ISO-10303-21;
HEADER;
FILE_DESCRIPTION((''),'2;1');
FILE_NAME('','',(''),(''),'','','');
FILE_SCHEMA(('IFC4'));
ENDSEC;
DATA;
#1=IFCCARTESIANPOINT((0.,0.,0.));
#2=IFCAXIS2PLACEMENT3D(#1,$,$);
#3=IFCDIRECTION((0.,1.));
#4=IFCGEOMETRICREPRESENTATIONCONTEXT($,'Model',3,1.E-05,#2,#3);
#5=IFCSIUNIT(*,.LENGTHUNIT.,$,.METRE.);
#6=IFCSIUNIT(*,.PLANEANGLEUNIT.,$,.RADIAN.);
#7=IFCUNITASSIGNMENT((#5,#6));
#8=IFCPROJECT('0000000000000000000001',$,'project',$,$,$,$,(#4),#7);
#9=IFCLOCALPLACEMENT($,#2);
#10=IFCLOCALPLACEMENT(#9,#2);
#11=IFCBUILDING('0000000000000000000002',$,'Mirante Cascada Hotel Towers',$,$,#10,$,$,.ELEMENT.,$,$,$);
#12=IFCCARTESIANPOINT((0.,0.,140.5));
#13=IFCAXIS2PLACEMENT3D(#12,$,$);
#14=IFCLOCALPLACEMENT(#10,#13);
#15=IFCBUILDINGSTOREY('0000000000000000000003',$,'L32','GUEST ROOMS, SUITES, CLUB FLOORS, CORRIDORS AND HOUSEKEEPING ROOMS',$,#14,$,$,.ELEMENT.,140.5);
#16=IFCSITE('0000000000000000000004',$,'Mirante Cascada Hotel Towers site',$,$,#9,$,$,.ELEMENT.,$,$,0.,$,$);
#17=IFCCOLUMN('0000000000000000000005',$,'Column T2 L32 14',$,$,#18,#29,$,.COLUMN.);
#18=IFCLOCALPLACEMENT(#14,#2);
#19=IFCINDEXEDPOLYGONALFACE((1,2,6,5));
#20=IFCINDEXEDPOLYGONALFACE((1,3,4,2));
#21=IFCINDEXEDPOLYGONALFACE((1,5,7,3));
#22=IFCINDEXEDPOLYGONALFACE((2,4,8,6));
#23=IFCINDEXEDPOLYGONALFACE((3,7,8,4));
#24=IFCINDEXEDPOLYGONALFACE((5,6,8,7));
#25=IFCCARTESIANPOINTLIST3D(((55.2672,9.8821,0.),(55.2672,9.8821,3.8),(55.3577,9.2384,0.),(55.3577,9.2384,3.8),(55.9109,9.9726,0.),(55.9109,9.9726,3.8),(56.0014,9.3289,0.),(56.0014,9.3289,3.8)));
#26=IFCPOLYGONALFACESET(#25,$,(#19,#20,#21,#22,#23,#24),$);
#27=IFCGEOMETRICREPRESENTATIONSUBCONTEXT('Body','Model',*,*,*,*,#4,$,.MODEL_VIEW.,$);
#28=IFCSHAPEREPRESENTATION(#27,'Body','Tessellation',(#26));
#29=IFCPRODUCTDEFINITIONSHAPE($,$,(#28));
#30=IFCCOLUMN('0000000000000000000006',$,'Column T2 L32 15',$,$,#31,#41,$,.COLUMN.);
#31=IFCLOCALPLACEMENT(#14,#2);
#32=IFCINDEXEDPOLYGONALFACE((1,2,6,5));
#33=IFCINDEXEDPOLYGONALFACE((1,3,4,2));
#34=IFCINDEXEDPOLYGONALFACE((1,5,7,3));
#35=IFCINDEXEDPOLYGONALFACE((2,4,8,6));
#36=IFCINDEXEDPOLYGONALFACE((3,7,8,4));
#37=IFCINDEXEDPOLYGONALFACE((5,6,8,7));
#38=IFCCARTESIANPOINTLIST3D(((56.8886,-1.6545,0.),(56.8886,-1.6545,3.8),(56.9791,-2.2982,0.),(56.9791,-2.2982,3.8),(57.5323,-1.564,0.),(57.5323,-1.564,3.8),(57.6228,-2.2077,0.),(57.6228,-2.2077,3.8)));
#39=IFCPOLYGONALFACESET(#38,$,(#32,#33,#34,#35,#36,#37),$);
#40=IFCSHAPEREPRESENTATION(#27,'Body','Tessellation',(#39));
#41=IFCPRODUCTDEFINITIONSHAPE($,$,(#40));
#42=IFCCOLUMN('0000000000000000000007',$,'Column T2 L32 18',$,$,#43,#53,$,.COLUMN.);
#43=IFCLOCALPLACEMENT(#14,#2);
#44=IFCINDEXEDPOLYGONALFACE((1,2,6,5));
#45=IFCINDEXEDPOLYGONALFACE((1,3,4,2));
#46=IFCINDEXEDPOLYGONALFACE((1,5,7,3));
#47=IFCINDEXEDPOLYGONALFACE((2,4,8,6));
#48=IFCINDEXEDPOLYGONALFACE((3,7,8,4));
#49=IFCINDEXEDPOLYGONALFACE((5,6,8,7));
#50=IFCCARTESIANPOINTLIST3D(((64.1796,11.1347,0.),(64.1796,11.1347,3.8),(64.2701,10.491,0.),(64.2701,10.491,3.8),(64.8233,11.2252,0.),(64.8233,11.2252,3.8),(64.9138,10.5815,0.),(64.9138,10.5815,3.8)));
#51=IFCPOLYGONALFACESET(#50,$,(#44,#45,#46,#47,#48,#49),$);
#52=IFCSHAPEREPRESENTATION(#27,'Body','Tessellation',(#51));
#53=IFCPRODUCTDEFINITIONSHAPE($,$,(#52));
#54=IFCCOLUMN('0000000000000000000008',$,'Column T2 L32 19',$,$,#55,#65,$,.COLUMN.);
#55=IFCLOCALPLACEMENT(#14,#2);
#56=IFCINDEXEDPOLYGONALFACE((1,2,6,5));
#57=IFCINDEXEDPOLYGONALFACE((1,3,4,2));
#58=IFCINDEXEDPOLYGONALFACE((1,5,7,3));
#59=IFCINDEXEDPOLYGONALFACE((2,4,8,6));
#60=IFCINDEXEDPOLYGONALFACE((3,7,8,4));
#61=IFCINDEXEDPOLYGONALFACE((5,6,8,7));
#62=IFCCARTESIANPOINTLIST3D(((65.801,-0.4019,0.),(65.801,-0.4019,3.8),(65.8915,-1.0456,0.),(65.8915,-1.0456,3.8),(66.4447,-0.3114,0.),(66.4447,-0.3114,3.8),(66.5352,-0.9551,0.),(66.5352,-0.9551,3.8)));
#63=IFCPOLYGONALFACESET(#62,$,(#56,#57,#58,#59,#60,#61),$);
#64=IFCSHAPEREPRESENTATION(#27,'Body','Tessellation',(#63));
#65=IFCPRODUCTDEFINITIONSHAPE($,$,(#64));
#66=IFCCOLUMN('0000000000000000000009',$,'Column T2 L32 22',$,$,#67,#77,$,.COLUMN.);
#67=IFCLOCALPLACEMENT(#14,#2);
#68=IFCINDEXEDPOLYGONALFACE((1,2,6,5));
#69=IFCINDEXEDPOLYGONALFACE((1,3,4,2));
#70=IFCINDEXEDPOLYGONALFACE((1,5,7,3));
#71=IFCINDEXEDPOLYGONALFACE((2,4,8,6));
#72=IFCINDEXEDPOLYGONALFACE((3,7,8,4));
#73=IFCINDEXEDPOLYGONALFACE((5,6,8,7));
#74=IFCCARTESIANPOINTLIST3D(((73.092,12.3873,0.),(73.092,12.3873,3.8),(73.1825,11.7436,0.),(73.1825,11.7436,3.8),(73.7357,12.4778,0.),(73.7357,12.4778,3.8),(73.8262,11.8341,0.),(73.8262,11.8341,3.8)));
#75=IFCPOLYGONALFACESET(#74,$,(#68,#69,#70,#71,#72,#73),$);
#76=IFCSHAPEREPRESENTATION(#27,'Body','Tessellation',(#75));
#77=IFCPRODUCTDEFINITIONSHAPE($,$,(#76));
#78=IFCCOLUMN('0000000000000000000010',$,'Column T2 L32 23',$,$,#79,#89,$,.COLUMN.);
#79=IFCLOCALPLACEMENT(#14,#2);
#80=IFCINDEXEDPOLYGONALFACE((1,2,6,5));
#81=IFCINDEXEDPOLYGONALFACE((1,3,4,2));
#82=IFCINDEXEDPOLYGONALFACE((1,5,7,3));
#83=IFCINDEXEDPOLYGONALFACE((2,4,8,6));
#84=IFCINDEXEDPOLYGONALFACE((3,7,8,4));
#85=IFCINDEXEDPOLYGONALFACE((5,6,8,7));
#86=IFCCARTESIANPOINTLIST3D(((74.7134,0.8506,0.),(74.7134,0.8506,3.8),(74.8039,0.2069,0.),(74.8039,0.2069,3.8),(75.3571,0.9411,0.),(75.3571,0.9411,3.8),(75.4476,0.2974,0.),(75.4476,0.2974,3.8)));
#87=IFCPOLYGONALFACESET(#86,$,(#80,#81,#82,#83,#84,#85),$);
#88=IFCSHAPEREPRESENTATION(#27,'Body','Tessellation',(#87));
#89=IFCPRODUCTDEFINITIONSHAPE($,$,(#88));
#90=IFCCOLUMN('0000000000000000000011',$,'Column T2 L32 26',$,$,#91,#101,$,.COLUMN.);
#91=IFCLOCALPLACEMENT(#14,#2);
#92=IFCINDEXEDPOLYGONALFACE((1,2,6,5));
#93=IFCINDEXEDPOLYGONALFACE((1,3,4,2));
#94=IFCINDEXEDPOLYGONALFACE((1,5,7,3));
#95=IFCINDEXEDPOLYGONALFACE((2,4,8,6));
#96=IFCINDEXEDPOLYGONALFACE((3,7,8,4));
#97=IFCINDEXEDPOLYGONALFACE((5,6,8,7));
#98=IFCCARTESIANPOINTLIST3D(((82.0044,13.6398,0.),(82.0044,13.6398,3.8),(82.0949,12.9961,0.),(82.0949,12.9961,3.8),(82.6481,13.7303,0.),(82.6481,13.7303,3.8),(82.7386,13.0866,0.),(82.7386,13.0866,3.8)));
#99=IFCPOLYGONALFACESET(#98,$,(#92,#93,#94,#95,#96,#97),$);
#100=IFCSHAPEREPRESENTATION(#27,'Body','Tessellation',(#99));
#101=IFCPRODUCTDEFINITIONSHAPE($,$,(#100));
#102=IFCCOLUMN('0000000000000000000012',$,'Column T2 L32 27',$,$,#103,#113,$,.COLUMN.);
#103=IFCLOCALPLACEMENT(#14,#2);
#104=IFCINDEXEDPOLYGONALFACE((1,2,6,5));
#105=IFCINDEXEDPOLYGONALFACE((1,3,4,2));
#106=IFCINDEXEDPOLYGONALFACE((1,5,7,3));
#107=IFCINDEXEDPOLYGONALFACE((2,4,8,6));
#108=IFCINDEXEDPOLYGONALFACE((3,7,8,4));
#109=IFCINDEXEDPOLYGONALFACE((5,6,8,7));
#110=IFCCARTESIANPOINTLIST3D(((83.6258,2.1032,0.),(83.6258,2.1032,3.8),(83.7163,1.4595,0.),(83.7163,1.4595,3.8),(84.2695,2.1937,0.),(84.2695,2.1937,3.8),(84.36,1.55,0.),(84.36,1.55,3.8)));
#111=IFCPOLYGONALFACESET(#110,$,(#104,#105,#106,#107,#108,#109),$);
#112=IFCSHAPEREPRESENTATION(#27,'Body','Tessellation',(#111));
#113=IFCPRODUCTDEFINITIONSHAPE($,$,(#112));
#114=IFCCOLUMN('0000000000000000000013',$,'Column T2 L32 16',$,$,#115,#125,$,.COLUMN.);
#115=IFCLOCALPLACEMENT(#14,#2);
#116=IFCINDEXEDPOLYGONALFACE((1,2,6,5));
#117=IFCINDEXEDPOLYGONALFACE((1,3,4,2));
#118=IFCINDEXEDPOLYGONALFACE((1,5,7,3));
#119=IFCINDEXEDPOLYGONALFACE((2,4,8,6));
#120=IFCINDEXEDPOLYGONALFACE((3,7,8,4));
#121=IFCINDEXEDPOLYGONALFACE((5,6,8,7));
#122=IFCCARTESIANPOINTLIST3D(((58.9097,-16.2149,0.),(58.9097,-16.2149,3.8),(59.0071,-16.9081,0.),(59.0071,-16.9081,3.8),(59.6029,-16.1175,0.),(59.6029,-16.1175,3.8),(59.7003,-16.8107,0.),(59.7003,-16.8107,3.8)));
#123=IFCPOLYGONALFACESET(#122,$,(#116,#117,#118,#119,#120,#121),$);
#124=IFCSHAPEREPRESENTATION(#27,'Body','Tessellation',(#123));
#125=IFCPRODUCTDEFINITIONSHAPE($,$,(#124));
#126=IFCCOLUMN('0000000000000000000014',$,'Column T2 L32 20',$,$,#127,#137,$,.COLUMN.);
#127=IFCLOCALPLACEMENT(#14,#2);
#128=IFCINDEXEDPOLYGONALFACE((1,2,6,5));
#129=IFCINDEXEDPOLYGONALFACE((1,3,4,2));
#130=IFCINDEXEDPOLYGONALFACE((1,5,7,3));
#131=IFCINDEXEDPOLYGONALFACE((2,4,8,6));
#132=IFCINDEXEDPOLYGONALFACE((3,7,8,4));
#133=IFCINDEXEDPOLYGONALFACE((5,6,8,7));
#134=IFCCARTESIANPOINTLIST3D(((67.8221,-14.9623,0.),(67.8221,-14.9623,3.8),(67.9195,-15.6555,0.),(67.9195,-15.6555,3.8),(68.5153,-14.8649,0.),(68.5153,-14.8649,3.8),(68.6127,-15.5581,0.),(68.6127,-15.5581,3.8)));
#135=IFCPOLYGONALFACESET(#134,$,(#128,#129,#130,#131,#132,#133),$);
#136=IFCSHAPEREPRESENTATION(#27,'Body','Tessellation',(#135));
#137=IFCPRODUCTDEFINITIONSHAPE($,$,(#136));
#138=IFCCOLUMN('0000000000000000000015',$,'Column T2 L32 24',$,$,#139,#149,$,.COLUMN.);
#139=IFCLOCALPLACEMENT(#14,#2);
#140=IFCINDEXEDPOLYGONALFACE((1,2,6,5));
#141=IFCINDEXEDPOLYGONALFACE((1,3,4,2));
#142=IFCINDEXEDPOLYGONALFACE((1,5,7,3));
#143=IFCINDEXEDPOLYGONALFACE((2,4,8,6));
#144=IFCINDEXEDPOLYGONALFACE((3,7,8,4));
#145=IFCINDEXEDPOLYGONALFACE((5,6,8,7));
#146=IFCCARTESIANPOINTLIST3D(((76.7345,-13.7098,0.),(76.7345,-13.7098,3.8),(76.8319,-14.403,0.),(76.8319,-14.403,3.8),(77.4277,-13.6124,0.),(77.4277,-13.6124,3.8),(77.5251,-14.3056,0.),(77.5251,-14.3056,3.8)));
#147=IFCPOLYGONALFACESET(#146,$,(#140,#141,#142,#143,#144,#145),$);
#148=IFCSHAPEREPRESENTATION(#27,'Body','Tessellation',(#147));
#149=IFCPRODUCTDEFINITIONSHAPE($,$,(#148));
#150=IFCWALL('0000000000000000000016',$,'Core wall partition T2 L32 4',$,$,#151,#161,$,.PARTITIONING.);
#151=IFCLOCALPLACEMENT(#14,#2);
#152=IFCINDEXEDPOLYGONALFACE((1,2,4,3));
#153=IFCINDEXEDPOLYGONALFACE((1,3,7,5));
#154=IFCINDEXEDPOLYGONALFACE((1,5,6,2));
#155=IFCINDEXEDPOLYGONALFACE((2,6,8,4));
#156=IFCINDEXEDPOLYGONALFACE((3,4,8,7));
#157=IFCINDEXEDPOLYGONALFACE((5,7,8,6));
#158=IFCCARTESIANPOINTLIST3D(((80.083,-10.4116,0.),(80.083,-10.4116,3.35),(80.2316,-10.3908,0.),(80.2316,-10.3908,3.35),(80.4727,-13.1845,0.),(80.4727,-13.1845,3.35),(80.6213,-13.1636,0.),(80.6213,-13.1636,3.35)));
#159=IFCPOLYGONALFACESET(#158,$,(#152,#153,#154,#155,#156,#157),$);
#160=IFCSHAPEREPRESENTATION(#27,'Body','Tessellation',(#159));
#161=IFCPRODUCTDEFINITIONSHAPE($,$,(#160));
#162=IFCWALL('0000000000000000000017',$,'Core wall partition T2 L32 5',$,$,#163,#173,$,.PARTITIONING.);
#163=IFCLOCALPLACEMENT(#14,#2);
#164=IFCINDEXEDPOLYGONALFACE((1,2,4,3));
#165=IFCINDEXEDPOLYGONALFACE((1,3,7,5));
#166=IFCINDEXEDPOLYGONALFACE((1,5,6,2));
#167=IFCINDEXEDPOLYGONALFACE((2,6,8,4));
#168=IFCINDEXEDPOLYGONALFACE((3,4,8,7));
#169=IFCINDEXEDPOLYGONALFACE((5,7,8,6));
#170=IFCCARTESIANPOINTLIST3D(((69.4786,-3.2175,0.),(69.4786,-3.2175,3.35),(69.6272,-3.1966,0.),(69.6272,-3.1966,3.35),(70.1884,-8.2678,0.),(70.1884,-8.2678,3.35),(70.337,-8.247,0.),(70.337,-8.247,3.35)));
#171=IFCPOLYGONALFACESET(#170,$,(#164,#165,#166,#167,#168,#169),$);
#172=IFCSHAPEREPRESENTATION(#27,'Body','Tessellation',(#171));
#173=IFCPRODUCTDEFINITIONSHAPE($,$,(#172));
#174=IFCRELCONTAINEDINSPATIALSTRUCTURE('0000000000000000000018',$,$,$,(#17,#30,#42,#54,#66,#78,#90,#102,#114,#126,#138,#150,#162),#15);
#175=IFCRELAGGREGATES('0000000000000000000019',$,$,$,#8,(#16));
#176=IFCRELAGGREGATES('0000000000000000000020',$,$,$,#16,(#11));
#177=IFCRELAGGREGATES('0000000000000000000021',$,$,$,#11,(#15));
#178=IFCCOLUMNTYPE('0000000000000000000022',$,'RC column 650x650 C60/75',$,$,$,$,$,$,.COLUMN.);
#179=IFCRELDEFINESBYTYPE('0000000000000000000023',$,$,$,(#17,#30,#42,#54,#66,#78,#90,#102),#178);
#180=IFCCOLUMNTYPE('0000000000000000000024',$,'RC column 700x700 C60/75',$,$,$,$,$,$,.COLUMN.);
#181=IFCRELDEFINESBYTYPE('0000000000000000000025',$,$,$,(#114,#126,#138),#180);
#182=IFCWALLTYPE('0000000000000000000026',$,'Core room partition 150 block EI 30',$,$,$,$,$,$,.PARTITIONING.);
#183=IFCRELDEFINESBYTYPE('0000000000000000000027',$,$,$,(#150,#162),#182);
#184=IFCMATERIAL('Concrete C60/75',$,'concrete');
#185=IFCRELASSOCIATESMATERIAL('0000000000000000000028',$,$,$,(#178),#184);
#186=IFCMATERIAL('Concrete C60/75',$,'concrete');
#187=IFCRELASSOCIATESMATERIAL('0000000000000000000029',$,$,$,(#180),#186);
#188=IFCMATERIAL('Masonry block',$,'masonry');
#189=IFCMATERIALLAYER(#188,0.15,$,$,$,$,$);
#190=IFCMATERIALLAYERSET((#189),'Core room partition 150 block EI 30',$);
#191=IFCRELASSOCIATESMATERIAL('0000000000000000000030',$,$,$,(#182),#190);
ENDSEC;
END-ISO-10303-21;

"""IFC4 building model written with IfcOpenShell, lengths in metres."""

from ifc_helpers import new_model, si_unit, direction, frame, frame_2d, origin, origin_2d, place, context, subcontext, project, spatial, rectangle, extrude, material, layer, layer_set, material_profile, profile_set, type_object, element, save


model = new_model("IFC4")

# Units and contexts
model_context = context("Model", 3, precision=1e-05, world=origin(), true_north=direction((0.0, 1.0)))
body_context = subcontext(model_context, "Body", "Model", "MODEL_VIEW")
ifc_project = project(units=[si_unit("LENGTHUNIT", "METRE"), si_unit("PLANEANGLEUNIT", "RADIAN")], contexts=[model_context])

# Site, building, storey
site_placement = place(None, origin())
site = spatial("IfcSite", under=ifc_project, at=site_placement, Name="Mirante Cascada Hotel Towers site", CompositionType="ELEMENT", RefElevation=0.0)
building_placement = place(site_placement, origin())
building = spatial("IfcBuilding", under=site, at=building_placement, Name="Mirante Cascada Hotel Towers", CompositionType="ELEMENT")
storey_placement = place(building_placement, frame((0.0, 0.0, 140.5)))
storey = spatial("IfcBuildingStorey", under=building, at=storey_placement, Name="L32", Description="GUEST ROOMS, SUITES, CLUB FLOORS, CORRIDORS AND HOUSEKEEPING ROOMS", CompositionType="ELEMENT", Elevation=140.5)

# Columns
ifc_material_1 = material(Name="Concrete C60/75", Category="concrete")
ifc_material_profile_1 = material_profile(ifc_material_1, rectangle(XDim=0.65, YDim=0.65, at=origin_2d()), Name="RC column 650x650 C60/75")
ifc_profile_set_1 = profile_set([ifc_material_profile_1], Name="Concrete C60/75")
column_type_1 = type_object("IfcColumnType", Name="RC column 650x650 C60/75", PredefinedType="COLUMN", material=ifc_profile_set_1)
for number, where, z_axis, x_axis, name in (
    (1, (55.6343, 9.6055, 0.0), (0.0, 0.0, 1.0), (0.990268, 0.139173, 0.0), "Column T2 L32 14"),
    (2, (57.2557, -1.9311, 0.0), (0.0, 0.0, 1.0), (0.990268, 0.139173, 0.0), "Column T2 L32 15"),
    (3, (64.5467, 10.8581, 0.0), (0.0, 0.0, 1.0), (0.990268, 0.139173, 0.0), "Column T2 L32 18"),
    (4, (66.1681, -0.6785, 0.0), (0.0, 0.0, 1.0), (0.990268, 0.139173, 0.0), "Column T2 L32 19"),
    (5, (73.4591, 12.1107, 0.0), (0.0, 0.0, 1.0), (0.990268, 0.139173, 0.0), "Column T2 L32 22"),
    (6, (75.0805, 0.574, 0.0), (0.0, 0.0, 1.0), (0.990268, 0.139173, 0.0), "Column T2 L32 23"),
    (7, (82.3715, 13.3632, 0.0), (0.0, 0.0, 1.0), (0.990268, 0.139173, 0.0), "Column T2 L32 26"),
    (8, (83.9929, 1.8266, 0.0), (0.0, 0.0, 1.0), (0.990268, 0.139173, 0.0), "Column T2 L32 27"),
):
    element("IfcColumn", number, at=place(storey_placement, frame(where, z_axis=z_axis, x_axis=x_axis)), inside=storey, type_object=column_type_1, Name=name, PredefinedType="COLUMN", context=body_context, shape_type="SweptSolid", body=[
        extrude(rectangle(XDim=0.65, YDim=0.65, at=origin_2d()), origin(), (0.0, 0.0, 1.0), 3.8),
    ])
ifc_material_2 = material(Name="Concrete C60/75", Category="concrete")
ifc_material_profile_2 = material_profile(ifc_material_2, rectangle(XDim=0.7, YDim=0.7, at=origin_2d()), Name="RC column 700x700 C60/75")
ifc_profile_set_2 = profile_set([ifc_material_profile_2], Name="Concrete C60/75")
column_type_2 = type_object("IfcColumnType", Name="RC column 700x700 C60/75", PredefinedType="COLUMN", material=ifc_profile_set_2)
for number, where, z_axis, x_axis, name in (
    (9, (59.305, -16.5128, 0.0), (0.0, 0.0, 1.0), (0.990268, 0.139173, 0.0), "Column T2 L32 16"),
    (10, (68.2174, -15.2602, 0.0), (0.0, 0.0, 1.0), (0.990268, 0.139173, 0.0), "Column T2 L32 20"),
    (11, (77.1298, -14.0077, 0.0), (0.0, 0.0, 1.0), (0.990268, 0.139173, 0.0), "Column T2 L32 24"),
):
    element("IfcColumn", number, at=place(storey_placement, frame(where, z_axis=z_axis, x_axis=x_axis)), inside=storey, type_object=column_type_2, Name=name, PredefinedType="COLUMN", context=body_context, shape_type="SweptSolid", body=[
        extrude(rectangle(XDim=0.7, YDim=0.7, at=origin_2d()), origin(), (0.0, 0.0, 1.0), 3.8),
    ])

# Walls
ifc_material_3 = material(Name="Masonry block", Category="masonry")
ifc_layer_1 = layer(ifc_material_3, 0.15)
ifc_layer_set_1 = layer_set([ifc_layer_1], Name="Core room partition 150 block EI 30")
wall_type_1 = type_object("IfcWallType", Name="Core room partition 150 block EI 30", PredefinedType="PARTITIONING", material=ifc_layer_set_1)
wall_1_placement = place(storey_placement, frame((80.547, -13.174, 0.0), z_axis=(0.0, 0.0, 1.0), x_axis=(-0.139176, 0.990268, 0.0)))
element("IfcWall", 12, at=wall_1_placement, inside=storey, type_object=wall_type_1, Name="Core wall partition T2 L32 4", PredefinedType="PARTITIONING", context=body_context, shape_type="SweptSolid", body=[
    extrude(rectangle(XDim=2.8001, YDim=0.15, at=frame_2d((1.4, 0.0))), origin(), (0.0, 0.0, 1.0), 3.35),
])
wall_2_placement = place(storey_placement, frame((70.2627, -8.2574, 0.0), z_axis=(0.0, 0.0, 1.0), x_axis=(-0.139176, 0.990268, 0.0)))
element("IfcWall", 13, at=wall_2_placement, inside=storey, type_object=wall_type_1, Name="Core wall partition T2 L32 5", PredefinedType="PARTITIONING", context=body_context, shape_type="SweptSolid", body=[
    extrude(rectangle(XDim=5.1, YDim=0.15, at=frame_2d((2.55, 0.0))), origin(), (0.0, 0.0, 1.0), 3.35),
])

save(model, "model.ifc")
